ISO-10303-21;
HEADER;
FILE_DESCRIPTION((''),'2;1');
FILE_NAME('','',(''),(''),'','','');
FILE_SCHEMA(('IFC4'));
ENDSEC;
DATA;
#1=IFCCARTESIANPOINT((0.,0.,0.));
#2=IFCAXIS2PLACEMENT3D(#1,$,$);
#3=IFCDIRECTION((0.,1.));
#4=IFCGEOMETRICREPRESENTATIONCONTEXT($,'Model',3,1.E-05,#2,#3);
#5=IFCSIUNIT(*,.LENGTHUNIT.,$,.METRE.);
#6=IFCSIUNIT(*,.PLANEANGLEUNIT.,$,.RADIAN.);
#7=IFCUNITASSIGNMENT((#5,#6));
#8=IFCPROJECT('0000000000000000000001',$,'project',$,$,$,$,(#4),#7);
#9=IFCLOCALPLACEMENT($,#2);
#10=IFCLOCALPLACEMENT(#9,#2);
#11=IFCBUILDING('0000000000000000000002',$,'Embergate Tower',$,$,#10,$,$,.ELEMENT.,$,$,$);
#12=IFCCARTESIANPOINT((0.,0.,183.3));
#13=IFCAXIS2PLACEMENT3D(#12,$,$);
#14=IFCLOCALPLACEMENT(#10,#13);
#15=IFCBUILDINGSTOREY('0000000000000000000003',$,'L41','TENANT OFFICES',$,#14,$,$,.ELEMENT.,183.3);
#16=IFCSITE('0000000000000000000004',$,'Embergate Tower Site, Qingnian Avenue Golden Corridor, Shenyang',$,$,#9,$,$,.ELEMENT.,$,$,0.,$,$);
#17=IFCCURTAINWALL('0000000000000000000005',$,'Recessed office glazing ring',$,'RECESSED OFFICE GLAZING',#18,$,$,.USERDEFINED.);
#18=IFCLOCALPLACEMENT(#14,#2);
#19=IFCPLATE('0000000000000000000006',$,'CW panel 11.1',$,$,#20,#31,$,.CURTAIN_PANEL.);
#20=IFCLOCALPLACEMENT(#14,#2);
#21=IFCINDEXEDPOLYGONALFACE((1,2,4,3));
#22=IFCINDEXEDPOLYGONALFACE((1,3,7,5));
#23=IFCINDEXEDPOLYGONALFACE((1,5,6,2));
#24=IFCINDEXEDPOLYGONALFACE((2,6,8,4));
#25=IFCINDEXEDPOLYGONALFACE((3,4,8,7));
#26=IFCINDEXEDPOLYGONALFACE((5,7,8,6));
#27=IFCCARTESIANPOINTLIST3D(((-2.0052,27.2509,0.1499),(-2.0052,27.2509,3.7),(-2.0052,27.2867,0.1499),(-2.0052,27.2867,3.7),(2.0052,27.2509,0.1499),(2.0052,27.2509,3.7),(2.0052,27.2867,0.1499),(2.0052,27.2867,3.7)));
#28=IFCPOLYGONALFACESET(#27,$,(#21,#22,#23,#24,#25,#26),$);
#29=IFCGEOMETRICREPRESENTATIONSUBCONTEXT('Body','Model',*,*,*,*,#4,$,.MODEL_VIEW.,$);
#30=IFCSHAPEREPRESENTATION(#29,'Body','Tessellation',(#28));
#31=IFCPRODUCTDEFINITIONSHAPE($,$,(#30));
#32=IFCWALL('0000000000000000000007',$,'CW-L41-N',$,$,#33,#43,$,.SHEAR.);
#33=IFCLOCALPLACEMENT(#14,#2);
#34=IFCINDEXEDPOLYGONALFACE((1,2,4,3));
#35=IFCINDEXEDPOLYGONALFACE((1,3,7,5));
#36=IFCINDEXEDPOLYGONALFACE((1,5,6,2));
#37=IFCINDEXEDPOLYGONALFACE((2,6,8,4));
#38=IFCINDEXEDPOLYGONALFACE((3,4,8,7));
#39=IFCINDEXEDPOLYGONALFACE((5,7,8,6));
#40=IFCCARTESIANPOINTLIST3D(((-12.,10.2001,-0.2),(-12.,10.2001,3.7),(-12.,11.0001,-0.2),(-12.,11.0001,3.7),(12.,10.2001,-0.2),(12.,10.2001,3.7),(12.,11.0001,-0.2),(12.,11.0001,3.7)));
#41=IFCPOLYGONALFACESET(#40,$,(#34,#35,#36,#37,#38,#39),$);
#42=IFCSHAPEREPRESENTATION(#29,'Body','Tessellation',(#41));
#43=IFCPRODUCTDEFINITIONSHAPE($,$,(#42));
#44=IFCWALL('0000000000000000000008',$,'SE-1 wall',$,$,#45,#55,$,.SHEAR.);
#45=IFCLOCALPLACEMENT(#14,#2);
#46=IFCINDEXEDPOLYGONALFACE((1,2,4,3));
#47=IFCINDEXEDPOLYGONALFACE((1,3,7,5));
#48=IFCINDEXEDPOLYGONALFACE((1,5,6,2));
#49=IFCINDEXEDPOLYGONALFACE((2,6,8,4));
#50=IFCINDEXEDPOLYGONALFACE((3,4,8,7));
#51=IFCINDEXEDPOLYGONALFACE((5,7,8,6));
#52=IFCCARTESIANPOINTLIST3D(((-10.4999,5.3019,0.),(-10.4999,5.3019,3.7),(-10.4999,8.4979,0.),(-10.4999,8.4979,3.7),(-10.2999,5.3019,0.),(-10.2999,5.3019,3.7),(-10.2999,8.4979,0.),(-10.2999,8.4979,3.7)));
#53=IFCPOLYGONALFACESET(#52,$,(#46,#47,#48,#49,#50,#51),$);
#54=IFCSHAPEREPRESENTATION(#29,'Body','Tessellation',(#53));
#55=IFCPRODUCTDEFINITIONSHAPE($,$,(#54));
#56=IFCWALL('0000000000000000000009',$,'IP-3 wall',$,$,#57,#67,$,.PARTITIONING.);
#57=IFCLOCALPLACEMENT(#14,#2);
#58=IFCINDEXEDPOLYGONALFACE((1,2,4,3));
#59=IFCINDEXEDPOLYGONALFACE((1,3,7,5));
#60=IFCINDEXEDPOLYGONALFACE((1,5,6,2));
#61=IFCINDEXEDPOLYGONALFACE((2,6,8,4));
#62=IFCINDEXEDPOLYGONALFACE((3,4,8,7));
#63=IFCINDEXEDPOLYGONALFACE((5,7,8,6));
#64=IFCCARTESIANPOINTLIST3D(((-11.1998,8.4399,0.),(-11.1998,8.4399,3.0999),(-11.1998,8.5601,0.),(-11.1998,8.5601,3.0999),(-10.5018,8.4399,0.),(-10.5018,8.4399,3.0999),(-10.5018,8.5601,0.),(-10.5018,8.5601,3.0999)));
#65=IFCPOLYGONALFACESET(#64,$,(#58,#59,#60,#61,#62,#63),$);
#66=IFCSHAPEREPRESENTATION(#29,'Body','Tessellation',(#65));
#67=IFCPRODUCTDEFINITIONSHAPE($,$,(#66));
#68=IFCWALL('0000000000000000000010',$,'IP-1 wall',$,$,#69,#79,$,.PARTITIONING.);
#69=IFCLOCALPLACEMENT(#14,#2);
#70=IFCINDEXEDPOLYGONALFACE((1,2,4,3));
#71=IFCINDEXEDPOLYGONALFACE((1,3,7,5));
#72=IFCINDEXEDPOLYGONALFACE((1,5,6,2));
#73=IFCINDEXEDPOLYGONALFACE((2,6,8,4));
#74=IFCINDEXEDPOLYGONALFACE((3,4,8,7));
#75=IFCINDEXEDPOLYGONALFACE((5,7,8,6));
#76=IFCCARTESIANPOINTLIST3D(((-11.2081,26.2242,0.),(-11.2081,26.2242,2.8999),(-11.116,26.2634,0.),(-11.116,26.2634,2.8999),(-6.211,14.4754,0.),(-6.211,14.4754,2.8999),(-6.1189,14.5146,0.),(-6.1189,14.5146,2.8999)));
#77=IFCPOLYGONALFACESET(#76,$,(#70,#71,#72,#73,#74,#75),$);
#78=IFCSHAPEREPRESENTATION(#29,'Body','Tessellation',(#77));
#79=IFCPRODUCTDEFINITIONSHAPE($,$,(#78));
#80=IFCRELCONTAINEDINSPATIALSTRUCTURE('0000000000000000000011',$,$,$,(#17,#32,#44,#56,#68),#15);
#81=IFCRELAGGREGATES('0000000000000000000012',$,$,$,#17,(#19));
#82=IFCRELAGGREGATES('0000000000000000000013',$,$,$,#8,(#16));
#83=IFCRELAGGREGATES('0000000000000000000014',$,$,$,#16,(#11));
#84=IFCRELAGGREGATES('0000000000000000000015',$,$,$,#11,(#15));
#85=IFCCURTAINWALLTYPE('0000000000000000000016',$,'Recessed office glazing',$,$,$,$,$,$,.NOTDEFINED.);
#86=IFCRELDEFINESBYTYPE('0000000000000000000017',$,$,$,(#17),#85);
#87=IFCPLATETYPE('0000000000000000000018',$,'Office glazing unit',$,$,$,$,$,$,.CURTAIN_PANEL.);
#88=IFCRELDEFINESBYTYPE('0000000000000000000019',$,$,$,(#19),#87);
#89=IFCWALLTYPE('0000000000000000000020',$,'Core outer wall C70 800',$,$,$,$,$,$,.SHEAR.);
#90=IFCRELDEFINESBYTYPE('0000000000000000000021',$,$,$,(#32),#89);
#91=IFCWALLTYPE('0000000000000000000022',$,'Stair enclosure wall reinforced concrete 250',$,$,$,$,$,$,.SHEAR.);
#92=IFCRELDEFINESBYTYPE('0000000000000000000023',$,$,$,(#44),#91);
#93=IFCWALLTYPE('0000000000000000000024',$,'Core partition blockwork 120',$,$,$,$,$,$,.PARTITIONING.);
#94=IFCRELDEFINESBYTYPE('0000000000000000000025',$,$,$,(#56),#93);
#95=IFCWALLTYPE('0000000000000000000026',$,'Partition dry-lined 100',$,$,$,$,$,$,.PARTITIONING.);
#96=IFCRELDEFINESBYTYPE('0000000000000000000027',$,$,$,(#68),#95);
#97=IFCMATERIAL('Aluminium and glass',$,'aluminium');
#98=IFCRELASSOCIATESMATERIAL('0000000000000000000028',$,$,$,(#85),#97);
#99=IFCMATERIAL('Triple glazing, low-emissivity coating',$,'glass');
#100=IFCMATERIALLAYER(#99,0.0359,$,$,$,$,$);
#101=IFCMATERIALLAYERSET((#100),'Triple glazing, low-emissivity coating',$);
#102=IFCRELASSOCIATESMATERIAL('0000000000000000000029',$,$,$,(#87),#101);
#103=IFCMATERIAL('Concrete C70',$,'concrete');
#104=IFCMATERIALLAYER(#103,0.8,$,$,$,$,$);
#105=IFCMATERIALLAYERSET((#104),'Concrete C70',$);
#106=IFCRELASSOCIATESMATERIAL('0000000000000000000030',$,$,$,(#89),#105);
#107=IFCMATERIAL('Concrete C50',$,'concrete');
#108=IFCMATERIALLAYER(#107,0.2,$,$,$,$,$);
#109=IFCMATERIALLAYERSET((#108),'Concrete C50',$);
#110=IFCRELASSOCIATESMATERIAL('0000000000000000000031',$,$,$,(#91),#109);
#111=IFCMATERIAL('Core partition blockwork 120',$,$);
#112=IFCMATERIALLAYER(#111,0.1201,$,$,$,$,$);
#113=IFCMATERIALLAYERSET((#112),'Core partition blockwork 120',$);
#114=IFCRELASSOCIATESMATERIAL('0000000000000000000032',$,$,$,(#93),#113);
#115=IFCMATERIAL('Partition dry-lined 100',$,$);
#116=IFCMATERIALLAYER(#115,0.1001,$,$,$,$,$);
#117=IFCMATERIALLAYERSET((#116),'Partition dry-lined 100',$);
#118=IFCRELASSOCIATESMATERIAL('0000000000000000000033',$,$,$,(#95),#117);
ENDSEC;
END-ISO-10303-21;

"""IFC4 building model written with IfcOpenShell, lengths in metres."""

from ifc_helpers import new_model, si_unit, direction, frame, frame_2d, origin, origin_2d, place, context, subcontext, project, spatial, rectangle, extrude, source, transform, mapped, material, layer, layer_set, type_object, element, aggregate, save


model = new_model("IFC4")

# Units and contexts
model_context = context("Model", 3, precision=1e-05, world=origin(), true_north=direction((0.0, 1.0)))
body_context = subcontext(model_context, "Body", "Model", "MODEL_VIEW")
ifc_project = project(units=[si_unit("LENGTHUNIT", "METRE"), si_unit("PLANEANGLEUNIT", "RADIAN")], contexts=[model_context])

# Site, building, storey
site_placement = place(None, origin())
site = spatial("IfcSite", under=ifc_project, at=site_placement, Name="Embergate Tower Site, Qingnian Avenue Golden Corridor, Shenyang", CompositionType="ELEMENT", RefElevation=0.0)
building_placement = place(site_placement, origin())
building = spatial("IfcBuilding", under=site, at=building_placement, Name="Embergate Tower", CompositionType="ELEMENT")
storey_placement = place(building_placement, frame((0.0, 0.0, 183.3)))
storey = spatial("IfcBuildingStorey", under=building, at=storey_placement, Name="L41", Description="TENANT OFFICES", CompositionType="ELEMENT", Elevation=183.3)

# Shared definitions
ifc_material_1 = material(Name="Concrete C70", Category="concrete")

# Curtain wall, plate
ifc_material_2 = material(Name="Aluminium and glass", Category="aluminium")
curtain_wall_type = type_object("IfcCurtainWallType", Name="Recessed office glazing", PredefinedType="NOTDEFINED", material=ifc_material_2)
curtain_wall_placement = place(storey_placement, origin())
curtain_wall = element("IfcCurtainWall", 1, at=curtain_wall_placement, inside=storey, type_object=curtain_wall_type, Name="Recessed office glazing ring", ObjectType="RECESSED OFFICE GLAZING", PredefinedType="USERDEFINED")
ifc_material_3 = material(Name="Triple glazing, low-emissivity coating", Category="glass")
ifc_layer_1 = layer(ifc_material_3, 0.0359)
ifc_layer_set_1 = layer_set([ifc_layer_1], Name="Triple glazing, low-emissivity coating")
plate_type = type_object("IfcPlateType", Name="Office glazing unit", PredefinedType="CURTAIN_PANEL", material=ifc_layer_set_1)
shared_shape_1 = source(origin(), body_context, "Body", "SweptSolid", [
    extrude(rectangle(XDim=4.0105, YDim=0.0359, at=origin_2d()), origin(), (0.0, 0.0, 1.0), 3.55),
])
plate_1_placement = place(storey_placement, frame((0.0, 27.2688, 0.1499), z_axis=(0.0, 0.0, 1.0), x_axis=(-1.0, 0.0, 0.0)))
plate_1 = element("IfcPlate", 2, at=plate_1_placement, type_object=plate_type, Name="CW panel 11.1", PredefinedType="CURTAIN_PANEL", context=body_context, shape_type="MappedRepresentation", body=[
    mapped(shared_shape_1, transform((0.0, 0.0, 0.0))),
])
aggregate(curtain_wall, [plate_1])

# Walls
ifc_layer_2 = layer(ifc_material_1, 0.8)
ifc_layer_set_2 = layer_set([ifc_layer_2], Name="Concrete C70")
wall_type_1 = type_object("IfcWallType", Name="Core outer wall C70 800", PredefinedType="SHEAR", material=ifc_layer_set_2)
shared_shape_2 = source(origin(), body_context, "Body", "SweptSolid", [
    extrude(rectangle(XDim=24.0, YDim=0.8, at=frame_2d((12.0, 0.0))), origin(), (0.0, 0.0, 1.0), 3.8999),
])
wall_1_placement = place(storey_placement, frame((-12.0, 10.6001, -0.2), z_axis=(0.0, 0.0, 1.0), x_axis=(1.0, 0.0, 0.0)))
element("IfcWall", 3, at=wall_1_placement, inside=storey, type_object=wall_type_1, Name="CW-L41-N", PredefinedType="SHEAR", context=body_context, shape_type="MappedRepresentation", body=[
    mapped(shared_shape_2, transform((0.0, 0.0, 0.0))),
])
ifc_material_4 = material(Name="Concrete C50", Category="concrete")
ifc_layer_3 = layer(ifc_material_4, 0.2)
ifc_layer_set_3 = layer_set([ifc_layer_3], Name="Concrete C50")
wall_type_2 = type_object("IfcWallType", Name="Stair enclosure wall reinforced concrete 250", PredefinedType="SHEAR", material=ifc_layer_set_3)
shared_shape_3 = source(origin(), body_context, "Body", "SweptSolid", [
    extrude(rectangle(XDim=3.196, YDim=0.2, at=frame_2d((1.5981, 0.0))), origin(), (0.0, 0.0, 1.0), 3.7),
])
wall_2_placement = place(storey_placement, frame((-10.3999, 8.498, 0.0), z_axis=(0.0, 0.0, 1.0), x_axis=(0.0, -1.0, 0.0)))
element("IfcWall", 4, at=wall_2_placement, inside=storey, type_object=wall_type_2, Name="SE-1 wall", PredefinedType="SHEAR", context=body_context, shape_type="MappedRepresentation", body=[
    mapped(shared_shape_3, transform((0.0, 0.0, 0.0))),
])
ifc_material_5 = material(Name="Core partition blockwork 120")
ifc_layer_4 = layer(ifc_material_5, 0.1201)
ifc_layer_set_4 = layer_set([ifc_layer_4], Name="Core partition blockwork 120")
wall_type_3 = type_object("IfcWallType", Name="Core partition blockwork 120", PredefinedType="PARTITIONING", material=ifc_layer_set_4)
shared_shape_4 = source(origin(), body_context, "Body", "SweptSolid", [
    extrude(rectangle(XDim=0.698, YDim=0.1201, at=frame_2d((0.3491, 0.0))), origin(), (0.0, 0.0, 1.0), 3.0999),
])
wall_3_placement = place(storey_placement, frame((-11.2, 8.5, 0.0), z_axis=(0.0, 0.0, 1.0), x_axis=(1.0, 0.0, 0.0)))
element("IfcWall", 5, at=wall_3_placement, inside=storey, type_object=wall_type_3, Name="IP-3 wall", PredefinedType="PARTITIONING", context=body_context, shape_type="MappedRepresentation", body=[
    mapped(shared_shape_4, transform((0.0, 0.0, 0.0))),
])
ifc_material_6 = material(Name="Partition dry-lined 100")
ifc_layer_5 = layer(ifc_material_6, 0.1001)
ifc_layer_set_5 = layer_set([ifc_layer_5], Name="Partition dry-lined 100")
wall_type_4 = type_object("IfcWallType", Name="Partition dry-lined 100", PredefinedType="PARTITIONING", material=ifc_layer_set_5)
shared_shape_5 = source(origin(), body_context, "Body", "SweptSolid", [
    extrude(rectangle(XDim=12.7673, YDim=0.1001, at=frame_2d((6.3838, 0.0))), origin(), (0.0, 0.0, 1.0), 2.8999),
])
wall_4_placement = place(storey_placement, frame((-11.1621, 26.2439, 0.0), z_axis=(0.0, 0.0, 1.0), x_axis=(0.391395, -0.920223, 0.0)))
element("IfcWall", 6, at=wall_4_placement, inside=storey, type_object=wall_type_4, Name="IP-1 wall", PredefinedType="PARTITIONING", context=body_context, shape_type="MappedRepresentation", body=[
    mapped(shared_shape_5, transform((0.0, 0.0, 0.0))),
])

save(model, "model.ifc")
